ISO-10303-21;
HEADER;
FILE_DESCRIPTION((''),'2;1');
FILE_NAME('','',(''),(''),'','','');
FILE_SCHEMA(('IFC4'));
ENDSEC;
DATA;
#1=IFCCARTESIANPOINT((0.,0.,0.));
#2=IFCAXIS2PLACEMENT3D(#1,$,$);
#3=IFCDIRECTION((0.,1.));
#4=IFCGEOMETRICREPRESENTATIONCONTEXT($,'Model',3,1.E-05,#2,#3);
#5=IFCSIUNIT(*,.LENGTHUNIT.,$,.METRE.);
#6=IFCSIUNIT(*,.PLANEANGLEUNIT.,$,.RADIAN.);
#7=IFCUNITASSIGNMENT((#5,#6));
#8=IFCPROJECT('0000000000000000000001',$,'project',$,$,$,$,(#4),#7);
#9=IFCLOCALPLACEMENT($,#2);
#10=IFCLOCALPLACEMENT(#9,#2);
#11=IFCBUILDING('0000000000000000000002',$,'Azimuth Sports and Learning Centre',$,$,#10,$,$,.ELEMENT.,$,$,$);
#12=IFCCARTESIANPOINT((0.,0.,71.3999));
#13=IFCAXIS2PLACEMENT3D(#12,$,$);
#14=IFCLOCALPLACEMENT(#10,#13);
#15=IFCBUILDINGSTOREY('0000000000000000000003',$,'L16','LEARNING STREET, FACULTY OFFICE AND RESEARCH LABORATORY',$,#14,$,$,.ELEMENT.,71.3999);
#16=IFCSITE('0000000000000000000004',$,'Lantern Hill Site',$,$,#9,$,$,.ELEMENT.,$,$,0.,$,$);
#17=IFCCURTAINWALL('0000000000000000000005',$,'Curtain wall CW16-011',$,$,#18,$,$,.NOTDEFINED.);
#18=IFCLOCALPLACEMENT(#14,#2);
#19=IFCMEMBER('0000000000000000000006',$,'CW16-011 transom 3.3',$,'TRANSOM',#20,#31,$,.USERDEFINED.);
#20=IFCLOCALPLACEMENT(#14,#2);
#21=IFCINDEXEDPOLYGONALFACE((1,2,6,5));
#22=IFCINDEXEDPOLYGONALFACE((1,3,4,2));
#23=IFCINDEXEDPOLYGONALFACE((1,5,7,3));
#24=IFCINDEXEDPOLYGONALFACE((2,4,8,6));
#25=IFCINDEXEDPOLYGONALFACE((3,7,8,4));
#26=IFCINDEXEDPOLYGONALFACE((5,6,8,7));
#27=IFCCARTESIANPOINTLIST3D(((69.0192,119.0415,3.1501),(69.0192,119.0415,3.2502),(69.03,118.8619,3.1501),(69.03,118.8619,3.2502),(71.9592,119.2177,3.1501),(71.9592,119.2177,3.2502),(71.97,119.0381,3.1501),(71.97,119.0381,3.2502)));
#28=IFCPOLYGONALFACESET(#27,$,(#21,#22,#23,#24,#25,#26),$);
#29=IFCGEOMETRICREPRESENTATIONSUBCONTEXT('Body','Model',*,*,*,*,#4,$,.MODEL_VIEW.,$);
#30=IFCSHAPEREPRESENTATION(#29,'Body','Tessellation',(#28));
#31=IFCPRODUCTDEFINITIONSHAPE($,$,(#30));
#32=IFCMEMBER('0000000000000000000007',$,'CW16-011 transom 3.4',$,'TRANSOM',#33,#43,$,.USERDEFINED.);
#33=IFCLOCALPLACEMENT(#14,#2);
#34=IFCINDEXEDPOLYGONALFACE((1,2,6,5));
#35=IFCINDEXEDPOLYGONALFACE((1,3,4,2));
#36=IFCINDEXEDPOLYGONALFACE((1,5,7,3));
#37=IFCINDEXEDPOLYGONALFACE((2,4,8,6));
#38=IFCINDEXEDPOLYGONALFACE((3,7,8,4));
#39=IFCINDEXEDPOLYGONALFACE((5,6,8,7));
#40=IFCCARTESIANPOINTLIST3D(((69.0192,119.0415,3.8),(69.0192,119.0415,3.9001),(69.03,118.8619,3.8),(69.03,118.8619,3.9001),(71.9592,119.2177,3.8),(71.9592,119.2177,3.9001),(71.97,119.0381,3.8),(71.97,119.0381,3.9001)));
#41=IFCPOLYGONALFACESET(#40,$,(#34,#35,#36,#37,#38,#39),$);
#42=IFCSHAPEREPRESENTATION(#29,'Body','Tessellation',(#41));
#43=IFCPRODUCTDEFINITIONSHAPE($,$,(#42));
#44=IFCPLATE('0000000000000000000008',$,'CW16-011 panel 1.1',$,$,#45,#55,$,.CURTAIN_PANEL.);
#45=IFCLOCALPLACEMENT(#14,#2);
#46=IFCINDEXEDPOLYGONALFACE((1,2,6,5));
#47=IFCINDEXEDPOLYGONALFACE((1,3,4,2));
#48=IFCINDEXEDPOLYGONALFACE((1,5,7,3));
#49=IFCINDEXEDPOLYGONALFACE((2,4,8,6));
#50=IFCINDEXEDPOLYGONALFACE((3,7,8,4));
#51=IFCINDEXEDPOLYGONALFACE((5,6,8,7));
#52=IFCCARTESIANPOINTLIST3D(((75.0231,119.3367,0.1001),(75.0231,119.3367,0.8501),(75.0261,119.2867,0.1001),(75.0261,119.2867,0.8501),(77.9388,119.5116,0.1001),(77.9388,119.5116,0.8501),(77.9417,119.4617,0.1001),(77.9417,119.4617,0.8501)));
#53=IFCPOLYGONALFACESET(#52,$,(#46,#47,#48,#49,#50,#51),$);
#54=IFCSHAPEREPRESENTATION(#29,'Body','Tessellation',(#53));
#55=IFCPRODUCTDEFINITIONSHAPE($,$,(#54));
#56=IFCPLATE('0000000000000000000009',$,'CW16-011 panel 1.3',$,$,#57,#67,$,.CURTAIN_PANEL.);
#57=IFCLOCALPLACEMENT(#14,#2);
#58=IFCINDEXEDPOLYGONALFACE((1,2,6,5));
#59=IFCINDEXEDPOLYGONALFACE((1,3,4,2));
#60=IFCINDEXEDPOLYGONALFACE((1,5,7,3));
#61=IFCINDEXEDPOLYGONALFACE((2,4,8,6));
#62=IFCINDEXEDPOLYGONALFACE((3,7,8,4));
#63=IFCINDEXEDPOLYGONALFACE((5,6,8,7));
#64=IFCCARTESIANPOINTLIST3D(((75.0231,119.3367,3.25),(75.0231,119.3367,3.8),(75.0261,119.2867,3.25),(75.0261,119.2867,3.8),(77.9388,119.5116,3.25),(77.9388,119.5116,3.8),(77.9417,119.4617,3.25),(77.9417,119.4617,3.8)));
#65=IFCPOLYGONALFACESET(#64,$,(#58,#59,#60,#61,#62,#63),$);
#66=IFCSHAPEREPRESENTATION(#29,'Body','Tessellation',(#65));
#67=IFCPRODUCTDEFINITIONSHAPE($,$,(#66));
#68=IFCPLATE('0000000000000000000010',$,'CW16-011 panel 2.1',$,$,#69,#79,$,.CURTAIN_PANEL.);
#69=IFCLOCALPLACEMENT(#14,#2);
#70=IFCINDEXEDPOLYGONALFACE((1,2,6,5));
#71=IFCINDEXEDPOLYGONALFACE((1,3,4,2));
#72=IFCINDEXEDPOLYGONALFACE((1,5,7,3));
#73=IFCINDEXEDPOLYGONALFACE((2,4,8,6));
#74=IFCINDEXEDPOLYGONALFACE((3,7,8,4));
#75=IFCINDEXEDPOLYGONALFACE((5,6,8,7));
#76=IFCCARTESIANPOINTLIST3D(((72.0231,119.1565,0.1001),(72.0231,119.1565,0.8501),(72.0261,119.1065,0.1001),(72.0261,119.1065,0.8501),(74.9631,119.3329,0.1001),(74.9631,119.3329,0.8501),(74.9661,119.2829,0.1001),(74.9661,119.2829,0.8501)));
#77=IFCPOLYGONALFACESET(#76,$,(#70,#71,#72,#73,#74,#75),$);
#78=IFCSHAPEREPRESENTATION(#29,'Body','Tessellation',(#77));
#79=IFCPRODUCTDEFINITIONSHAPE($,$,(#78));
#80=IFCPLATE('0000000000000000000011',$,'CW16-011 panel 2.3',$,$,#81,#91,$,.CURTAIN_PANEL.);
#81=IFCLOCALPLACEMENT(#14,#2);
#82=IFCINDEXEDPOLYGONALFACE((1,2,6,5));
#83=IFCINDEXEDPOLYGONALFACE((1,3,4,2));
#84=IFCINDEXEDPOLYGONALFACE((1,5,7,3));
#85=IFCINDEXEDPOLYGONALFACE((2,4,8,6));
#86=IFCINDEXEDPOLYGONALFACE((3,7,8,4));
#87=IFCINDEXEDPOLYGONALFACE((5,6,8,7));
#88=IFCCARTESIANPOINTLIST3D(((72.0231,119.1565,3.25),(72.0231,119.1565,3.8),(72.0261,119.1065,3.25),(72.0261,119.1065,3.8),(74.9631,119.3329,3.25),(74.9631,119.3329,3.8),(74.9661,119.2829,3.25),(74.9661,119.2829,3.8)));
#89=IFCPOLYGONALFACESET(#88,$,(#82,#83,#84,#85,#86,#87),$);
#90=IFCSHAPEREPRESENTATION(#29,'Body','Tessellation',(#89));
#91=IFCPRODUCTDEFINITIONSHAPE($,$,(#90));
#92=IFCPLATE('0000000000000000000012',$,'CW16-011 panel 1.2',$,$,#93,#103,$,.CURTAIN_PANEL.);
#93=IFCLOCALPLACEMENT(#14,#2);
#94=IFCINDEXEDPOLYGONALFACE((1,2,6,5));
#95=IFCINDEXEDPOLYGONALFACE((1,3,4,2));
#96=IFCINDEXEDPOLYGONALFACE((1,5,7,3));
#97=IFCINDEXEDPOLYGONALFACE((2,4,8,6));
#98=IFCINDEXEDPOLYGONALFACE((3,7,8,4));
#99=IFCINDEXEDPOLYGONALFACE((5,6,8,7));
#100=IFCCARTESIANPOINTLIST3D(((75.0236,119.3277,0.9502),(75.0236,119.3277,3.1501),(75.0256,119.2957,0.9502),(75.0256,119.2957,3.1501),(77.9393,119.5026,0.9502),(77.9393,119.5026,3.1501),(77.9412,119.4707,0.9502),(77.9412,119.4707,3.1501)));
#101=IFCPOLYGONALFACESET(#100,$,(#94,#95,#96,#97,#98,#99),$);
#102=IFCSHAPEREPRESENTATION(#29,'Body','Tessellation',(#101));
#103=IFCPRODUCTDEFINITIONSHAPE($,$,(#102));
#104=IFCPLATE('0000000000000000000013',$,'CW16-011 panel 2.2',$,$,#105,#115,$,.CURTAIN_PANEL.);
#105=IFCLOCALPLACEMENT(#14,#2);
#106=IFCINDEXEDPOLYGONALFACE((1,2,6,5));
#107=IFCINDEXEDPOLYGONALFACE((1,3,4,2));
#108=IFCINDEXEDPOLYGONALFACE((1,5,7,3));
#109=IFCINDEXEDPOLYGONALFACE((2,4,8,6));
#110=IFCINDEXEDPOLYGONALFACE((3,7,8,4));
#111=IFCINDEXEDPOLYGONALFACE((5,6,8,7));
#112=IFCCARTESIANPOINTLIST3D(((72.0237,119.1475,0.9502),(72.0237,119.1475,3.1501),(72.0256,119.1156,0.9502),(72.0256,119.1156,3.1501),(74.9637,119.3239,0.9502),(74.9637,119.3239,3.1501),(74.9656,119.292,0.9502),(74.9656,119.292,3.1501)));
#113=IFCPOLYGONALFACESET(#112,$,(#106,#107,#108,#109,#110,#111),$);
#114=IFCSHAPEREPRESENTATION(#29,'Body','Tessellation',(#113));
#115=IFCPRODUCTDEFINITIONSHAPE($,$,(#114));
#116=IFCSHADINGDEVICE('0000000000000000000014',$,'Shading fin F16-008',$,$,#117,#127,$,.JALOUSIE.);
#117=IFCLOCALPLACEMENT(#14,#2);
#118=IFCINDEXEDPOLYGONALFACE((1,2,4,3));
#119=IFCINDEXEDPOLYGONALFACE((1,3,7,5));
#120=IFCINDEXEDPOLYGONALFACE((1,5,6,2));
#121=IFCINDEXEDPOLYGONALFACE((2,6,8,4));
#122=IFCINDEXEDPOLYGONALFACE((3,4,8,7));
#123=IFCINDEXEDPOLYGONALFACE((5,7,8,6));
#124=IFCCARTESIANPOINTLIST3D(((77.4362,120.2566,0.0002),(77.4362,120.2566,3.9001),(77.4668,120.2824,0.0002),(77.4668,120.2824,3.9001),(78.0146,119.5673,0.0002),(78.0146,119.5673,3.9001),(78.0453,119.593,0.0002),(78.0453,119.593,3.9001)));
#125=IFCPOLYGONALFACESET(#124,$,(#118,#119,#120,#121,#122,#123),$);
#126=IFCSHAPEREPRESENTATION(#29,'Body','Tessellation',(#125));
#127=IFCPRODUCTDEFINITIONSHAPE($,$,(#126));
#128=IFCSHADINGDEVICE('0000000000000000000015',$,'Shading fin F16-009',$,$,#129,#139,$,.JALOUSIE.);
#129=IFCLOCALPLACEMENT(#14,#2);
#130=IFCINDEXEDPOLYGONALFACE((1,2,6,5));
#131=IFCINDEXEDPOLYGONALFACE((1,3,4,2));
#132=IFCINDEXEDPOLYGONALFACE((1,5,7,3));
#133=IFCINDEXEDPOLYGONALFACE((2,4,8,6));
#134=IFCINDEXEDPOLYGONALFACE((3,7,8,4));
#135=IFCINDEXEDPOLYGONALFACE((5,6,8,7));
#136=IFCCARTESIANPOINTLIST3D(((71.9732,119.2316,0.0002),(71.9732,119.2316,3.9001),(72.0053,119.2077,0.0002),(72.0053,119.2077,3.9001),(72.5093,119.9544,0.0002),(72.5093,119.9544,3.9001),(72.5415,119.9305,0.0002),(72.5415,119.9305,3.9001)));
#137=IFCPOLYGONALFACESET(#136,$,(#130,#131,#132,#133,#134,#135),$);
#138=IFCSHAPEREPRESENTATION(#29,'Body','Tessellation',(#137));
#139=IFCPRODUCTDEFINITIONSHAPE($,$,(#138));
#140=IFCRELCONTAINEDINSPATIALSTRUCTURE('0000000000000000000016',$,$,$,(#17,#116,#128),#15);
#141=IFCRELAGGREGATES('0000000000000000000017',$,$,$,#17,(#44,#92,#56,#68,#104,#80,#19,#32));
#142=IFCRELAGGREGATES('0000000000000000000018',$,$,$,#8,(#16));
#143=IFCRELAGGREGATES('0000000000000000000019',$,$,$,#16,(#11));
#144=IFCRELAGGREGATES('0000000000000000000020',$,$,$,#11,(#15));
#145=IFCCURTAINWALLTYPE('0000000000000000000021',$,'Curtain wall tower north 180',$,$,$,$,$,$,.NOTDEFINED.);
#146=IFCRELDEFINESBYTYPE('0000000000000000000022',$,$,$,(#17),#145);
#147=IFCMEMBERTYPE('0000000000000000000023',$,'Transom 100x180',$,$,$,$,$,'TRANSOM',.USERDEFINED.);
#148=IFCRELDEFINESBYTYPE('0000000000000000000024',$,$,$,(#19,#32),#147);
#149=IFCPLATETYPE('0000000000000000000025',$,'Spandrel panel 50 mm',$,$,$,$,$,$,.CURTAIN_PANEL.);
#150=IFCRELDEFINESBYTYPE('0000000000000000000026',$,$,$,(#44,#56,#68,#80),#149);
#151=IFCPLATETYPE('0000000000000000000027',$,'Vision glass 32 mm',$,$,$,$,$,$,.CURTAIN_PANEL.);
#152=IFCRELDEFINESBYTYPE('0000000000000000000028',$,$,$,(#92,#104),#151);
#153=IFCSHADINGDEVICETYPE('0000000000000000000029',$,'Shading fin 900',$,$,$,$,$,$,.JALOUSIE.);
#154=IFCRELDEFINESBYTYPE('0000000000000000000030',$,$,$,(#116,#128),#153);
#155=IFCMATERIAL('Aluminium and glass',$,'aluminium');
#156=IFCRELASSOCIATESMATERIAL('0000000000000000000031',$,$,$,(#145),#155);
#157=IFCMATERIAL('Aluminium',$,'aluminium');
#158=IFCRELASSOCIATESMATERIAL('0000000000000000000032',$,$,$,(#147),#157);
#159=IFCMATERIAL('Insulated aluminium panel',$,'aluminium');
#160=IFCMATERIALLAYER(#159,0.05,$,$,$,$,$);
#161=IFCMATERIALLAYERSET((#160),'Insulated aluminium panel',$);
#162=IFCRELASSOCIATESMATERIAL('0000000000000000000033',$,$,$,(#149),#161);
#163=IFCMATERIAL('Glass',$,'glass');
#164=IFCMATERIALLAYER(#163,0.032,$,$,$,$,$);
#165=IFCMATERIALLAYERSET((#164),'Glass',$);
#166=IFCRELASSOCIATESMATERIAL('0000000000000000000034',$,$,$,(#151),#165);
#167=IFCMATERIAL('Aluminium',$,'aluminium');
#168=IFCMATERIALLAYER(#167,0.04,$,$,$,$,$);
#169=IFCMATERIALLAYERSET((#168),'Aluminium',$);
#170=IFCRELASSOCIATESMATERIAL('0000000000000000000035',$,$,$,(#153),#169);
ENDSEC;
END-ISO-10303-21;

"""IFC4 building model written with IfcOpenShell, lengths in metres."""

from ifc_helpers import new_model, si_unit, direction, frame, origin, origin_2d, place, context, subcontext, project, spatial, rectangle, extrude, material, layer, layer_set, material_profile, profile_set, type_object, element, aggregate, save


model = new_model("IFC4")

# Units and contexts
model_context = context("Model", 3, precision=1e-05, world=origin(), true_north=direction((0.0, 1.0)))
body_context = subcontext(model_context, "Body", "Model", "MODEL_VIEW")
ifc_project = project(units=[si_unit("LENGTHUNIT", "METRE"), si_unit("PLANEANGLEUNIT", "RADIAN")], contexts=[model_context])

# Site, building, storey
site_placement = place(None, origin())
site = spatial("IfcSite", under=ifc_project, at=site_placement, Name="Lantern Hill Site", CompositionType="ELEMENT", RefElevation=0.0)
building_placement = place(site_placement, origin())
building = spatial("IfcBuilding", under=site, at=building_placement, Name="Azimuth Sports and Learning Centre", CompositionType="ELEMENT")
storey_placement = place(building_placement, frame((0.0, 0.0, 71.3999)))
storey = spatial("IfcBuildingStorey", under=building, at=storey_placement, Name="L16", Description="LEARNING STREET, FACULTY OFFICE AND RESEARCH LABORATORY", CompositionType="ELEMENT", Elevation=71.3999)

# Curtain wall, members, plates
ifc_material_1 = material(Name="Aluminium and glass", Category="aluminium")
curtain_wall_type = type_object("IfcCurtainWallType", Name="Curtain wall tower north 180", PredefinedType="NOTDEFINED", material=ifc_material_1)
curtain_wall_placement = place(storey_placement, origin())
curtain_wall = element("IfcCurtainWall", 1, at=curtain_wall_placement, inside=storey, type_object=curtain_wall_type, Name="Curtain wall CW16-011", PredefinedType="NOTDEFINED")
ifc_material_2 = material(Name="Aluminium", Category="aluminium")
ifc_material_profile_1 = material_profile(ifc_material_2, rectangle(XDim=0.1799, YDim=0.1001, at=origin_2d()), Name="Transom 100x180")
ifc_profile_set_1 = profile_set([ifc_material_profile_1], Name="Aluminium")
member_type_1 = type_object("IfcMemberType", Name="Transom 100x180", ElementType="TRANSOM", PredefinedType="USERDEFINED", material=ifc_profile_set_1)
member_1_placement = place(storey_placement, frame((71.9646, 119.1279, 3.2002), z_axis=(-0.998207, -0.059849, 0.0), x_axis=(0.059849, -0.998207, 0.0)))
member_1 = element("IfcMember", 2, at=member_1_placement, type_object=member_type_1, Name="CW16-011 transom 3.3", ObjectType="TRANSOM", PredefinedType="USERDEFINED", context=body_context, shape_type="SweptSolid", body=[
    extrude(rectangle(XDim=0.1799, YDim=0.1001, at=origin_2d()), origin(), (0.0, 0.0, 1.0), 2.9453),
])
member_2_placement = place(storey_placement, frame((71.9646, 119.1279, 3.8501), z_axis=(-0.998207, -0.059849, 0.0), x_axis=(0.059849, -0.998207, 0.0)))
member_2 = element("IfcMember", 3, at=member_2_placement, type_object=member_type_1, Name="CW16-011 transom 3.4", ObjectType="TRANSOM", PredefinedType="USERDEFINED", context=body_context, shape_type="SweptSolid", body=[
    extrude(rectangle(XDim=0.1799, YDim=0.1001, at=origin_2d()), origin(), (0.0, 0.0, 1.0), 2.9453),
])
ifc_material_3 = material(Name="Insulated aluminium panel", Category="aluminium")
ifc_layer_1 = layer(ifc_material_3, 0.05)
ifc_layer_set_1 = layer_set([ifc_layer_1], Name="Insulated aluminium panel")
plate_type_1 = type_object("IfcPlateType", Name="Spandrel panel 50 mm", PredefinedType="CURTAIN_PANEL", material=ifc_layer_set_1)
plate_1_placement = place(storey_placement, frame((76.4824, 119.3992, 0.1001), z_axis=(0.0, 0.0, 1.0), x_axis=(-0.998205, -0.059892, 0.0)))
plate_1 = element("IfcPlate", 4, at=plate_1_placement, type_object=plate_type_1, Name="CW16-011 panel 1.1", PredefinedType="CURTAIN_PANEL", context=body_context, shape_type="SweptSolid", body=[
    extrude(rectangle(XDim=2.9209, YDim=0.05, at=origin_2d()), origin(), (0.0, 0.0, 1.0), 0.75),
])
plate_2_placement = place(storey_placement, frame((76.4824, 119.3992, 3.25), z_axis=(0.0, 0.0, 1.0), x_axis=(-0.998205, -0.059892, 0.0)))
plate_2 = element("IfcPlate", 5, at=plate_2_placement, type_object=plate_type_1, Name="CW16-011 panel 1.3", PredefinedType="CURTAIN_PANEL", context=body_context, shape_type="SweptSolid", body=[
    extrude(rectangle(XDim=2.9209, YDim=0.05, at=origin_2d()), origin(), (0.0, 0.0, 1.0), 0.55),
])
plate_3_placement = place(storey_placement, frame((73.4946, 119.2197, 0.1001), z_axis=(0.0, 0.0, 1.0), x_axis=(-0.998205, -0.059892, 0.0)))
plate_3 = element("IfcPlate", 6, at=plate_3_placement, type_object=plate_type_1, Name="CW16-011 panel 2.1", PredefinedType="CURTAIN_PANEL", context=body_context, shape_type="SweptSolid", body=[
    extrude(rectangle(XDim=2.9453, YDim=0.05, at=origin_2d()), origin(), (0.0, 0.0, 1.0), 0.75),
])
plate_4_placement = place(storey_placement, frame((73.4946, 119.2197, 3.25), z_axis=(0.0, 0.0, 1.0), x_axis=(-0.998205, -0.059892, 0.0)))
plate_4 = element("IfcPlate", 7, at=plate_4_placement, type_object=plate_type_1, Name="CW16-011 panel 2.3", PredefinedType="CURTAIN_PANEL", context=body_context, shape_type="SweptSolid", body=[
    extrude(rectangle(XDim=2.9453, YDim=0.05, at=origin_2d()), origin(), (0.0, 0.0, 1.0), 0.55),
])
ifc_material_4 = material(Name="Glass", Category="glass")
ifc_layer_2 = layer(ifc_material_4, 0.032)
ifc_layer_set_2 = layer_set([ifc_layer_2], Name="Glass")
plate_type_2 = type_object("IfcPlateType", Name="Vision glass 32 mm", PredefinedType="CURTAIN_PANEL", material=ifc_layer_set_2)
plate_5_placement = place(storey_placement, frame((76.4824, 119.3992, 0.9502), z_axis=(0.0, 0.0, 1.0), x_axis=(-0.998205, -0.059892, 0.0)))
plate_5 = element("IfcPlate", 8, at=plate_5_placement, type_object=plate_type_2, Name="CW16-011 panel 1.2", PredefinedType="CURTAIN_PANEL", context=body_context, shape_type="SweptSolid", body=[
    extrude(rectangle(XDim=2.9209, YDim=0.032, at=origin_2d()), origin(), (0.0, 0.0, 1.0), 2.2),
])
plate_6_placement = place(storey_placement, frame((73.4946, 119.2197, 0.9502), z_axis=(0.0, 0.0, 1.0), x_axis=(-0.998205, -0.059892, 0.0)))
plate_6 = element("IfcPlate", 9, at=plate_6_placement, type_object=plate_type_2, Name="CW16-011 panel 2.2", PredefinedType="CURTAIN_PANEL", context=body_context, shape_type="SweptSolid", body=[
    extrude(rectangle(XDim=2.9453, YDim=0.032, at=origin_2d()), origin(), (0.0, 0.0, 1.0), 2.2),
])
aggregate(curtain_wall, [plate_1, plate_5, plate_2, plate_3, plate_6, plate_4, member_1, member_2])

# Shading devices
ifc_material_5 = material(Name="Aluminium", Category="aluminium")
ifc_layer_3 = layer(ifc_material_5, 0.04)
ifc_layer_set_3 = layer_set([ifc_layer_3], Name="Aluminium")
shading_device_type = type_object("IfcShadingDeviceType", Name="Shading fin 900", PredefinedType="JALOUSIE", material=ifc_layer_set_3)
for number, where, z_axis, x_axis, name in (
    (10, (77.7407, 119.9248, 0.0002), (0.0, 0.0, 1.0), (-0.642788, 0.766044, 0.0), "Shading fin F16-008"),
    (11, (72.2573, 119.5811, 0.0002), (0.0, 0.0, 1.0), (0.595754, 0.803167, 0.0), "Shading fin F16-009"),
):
    element("IfcShadingDevice", number, at=place(storey_placement, frame(where, z_axis=z_axis, x_axis=x_axis)), inside=storey, type_object=shading_device_type, Name=name, PredefinedType="JALOUSIE", context=body_context, shape_type="SweptSolid", body=[
        extrude(rectangle(XDim=0.8999, YDim=0.04, at=origin_2d()), origin(), (0.0, 0.0, 1.0), 3.8999),
    ])

save(model, "model.ifc")
